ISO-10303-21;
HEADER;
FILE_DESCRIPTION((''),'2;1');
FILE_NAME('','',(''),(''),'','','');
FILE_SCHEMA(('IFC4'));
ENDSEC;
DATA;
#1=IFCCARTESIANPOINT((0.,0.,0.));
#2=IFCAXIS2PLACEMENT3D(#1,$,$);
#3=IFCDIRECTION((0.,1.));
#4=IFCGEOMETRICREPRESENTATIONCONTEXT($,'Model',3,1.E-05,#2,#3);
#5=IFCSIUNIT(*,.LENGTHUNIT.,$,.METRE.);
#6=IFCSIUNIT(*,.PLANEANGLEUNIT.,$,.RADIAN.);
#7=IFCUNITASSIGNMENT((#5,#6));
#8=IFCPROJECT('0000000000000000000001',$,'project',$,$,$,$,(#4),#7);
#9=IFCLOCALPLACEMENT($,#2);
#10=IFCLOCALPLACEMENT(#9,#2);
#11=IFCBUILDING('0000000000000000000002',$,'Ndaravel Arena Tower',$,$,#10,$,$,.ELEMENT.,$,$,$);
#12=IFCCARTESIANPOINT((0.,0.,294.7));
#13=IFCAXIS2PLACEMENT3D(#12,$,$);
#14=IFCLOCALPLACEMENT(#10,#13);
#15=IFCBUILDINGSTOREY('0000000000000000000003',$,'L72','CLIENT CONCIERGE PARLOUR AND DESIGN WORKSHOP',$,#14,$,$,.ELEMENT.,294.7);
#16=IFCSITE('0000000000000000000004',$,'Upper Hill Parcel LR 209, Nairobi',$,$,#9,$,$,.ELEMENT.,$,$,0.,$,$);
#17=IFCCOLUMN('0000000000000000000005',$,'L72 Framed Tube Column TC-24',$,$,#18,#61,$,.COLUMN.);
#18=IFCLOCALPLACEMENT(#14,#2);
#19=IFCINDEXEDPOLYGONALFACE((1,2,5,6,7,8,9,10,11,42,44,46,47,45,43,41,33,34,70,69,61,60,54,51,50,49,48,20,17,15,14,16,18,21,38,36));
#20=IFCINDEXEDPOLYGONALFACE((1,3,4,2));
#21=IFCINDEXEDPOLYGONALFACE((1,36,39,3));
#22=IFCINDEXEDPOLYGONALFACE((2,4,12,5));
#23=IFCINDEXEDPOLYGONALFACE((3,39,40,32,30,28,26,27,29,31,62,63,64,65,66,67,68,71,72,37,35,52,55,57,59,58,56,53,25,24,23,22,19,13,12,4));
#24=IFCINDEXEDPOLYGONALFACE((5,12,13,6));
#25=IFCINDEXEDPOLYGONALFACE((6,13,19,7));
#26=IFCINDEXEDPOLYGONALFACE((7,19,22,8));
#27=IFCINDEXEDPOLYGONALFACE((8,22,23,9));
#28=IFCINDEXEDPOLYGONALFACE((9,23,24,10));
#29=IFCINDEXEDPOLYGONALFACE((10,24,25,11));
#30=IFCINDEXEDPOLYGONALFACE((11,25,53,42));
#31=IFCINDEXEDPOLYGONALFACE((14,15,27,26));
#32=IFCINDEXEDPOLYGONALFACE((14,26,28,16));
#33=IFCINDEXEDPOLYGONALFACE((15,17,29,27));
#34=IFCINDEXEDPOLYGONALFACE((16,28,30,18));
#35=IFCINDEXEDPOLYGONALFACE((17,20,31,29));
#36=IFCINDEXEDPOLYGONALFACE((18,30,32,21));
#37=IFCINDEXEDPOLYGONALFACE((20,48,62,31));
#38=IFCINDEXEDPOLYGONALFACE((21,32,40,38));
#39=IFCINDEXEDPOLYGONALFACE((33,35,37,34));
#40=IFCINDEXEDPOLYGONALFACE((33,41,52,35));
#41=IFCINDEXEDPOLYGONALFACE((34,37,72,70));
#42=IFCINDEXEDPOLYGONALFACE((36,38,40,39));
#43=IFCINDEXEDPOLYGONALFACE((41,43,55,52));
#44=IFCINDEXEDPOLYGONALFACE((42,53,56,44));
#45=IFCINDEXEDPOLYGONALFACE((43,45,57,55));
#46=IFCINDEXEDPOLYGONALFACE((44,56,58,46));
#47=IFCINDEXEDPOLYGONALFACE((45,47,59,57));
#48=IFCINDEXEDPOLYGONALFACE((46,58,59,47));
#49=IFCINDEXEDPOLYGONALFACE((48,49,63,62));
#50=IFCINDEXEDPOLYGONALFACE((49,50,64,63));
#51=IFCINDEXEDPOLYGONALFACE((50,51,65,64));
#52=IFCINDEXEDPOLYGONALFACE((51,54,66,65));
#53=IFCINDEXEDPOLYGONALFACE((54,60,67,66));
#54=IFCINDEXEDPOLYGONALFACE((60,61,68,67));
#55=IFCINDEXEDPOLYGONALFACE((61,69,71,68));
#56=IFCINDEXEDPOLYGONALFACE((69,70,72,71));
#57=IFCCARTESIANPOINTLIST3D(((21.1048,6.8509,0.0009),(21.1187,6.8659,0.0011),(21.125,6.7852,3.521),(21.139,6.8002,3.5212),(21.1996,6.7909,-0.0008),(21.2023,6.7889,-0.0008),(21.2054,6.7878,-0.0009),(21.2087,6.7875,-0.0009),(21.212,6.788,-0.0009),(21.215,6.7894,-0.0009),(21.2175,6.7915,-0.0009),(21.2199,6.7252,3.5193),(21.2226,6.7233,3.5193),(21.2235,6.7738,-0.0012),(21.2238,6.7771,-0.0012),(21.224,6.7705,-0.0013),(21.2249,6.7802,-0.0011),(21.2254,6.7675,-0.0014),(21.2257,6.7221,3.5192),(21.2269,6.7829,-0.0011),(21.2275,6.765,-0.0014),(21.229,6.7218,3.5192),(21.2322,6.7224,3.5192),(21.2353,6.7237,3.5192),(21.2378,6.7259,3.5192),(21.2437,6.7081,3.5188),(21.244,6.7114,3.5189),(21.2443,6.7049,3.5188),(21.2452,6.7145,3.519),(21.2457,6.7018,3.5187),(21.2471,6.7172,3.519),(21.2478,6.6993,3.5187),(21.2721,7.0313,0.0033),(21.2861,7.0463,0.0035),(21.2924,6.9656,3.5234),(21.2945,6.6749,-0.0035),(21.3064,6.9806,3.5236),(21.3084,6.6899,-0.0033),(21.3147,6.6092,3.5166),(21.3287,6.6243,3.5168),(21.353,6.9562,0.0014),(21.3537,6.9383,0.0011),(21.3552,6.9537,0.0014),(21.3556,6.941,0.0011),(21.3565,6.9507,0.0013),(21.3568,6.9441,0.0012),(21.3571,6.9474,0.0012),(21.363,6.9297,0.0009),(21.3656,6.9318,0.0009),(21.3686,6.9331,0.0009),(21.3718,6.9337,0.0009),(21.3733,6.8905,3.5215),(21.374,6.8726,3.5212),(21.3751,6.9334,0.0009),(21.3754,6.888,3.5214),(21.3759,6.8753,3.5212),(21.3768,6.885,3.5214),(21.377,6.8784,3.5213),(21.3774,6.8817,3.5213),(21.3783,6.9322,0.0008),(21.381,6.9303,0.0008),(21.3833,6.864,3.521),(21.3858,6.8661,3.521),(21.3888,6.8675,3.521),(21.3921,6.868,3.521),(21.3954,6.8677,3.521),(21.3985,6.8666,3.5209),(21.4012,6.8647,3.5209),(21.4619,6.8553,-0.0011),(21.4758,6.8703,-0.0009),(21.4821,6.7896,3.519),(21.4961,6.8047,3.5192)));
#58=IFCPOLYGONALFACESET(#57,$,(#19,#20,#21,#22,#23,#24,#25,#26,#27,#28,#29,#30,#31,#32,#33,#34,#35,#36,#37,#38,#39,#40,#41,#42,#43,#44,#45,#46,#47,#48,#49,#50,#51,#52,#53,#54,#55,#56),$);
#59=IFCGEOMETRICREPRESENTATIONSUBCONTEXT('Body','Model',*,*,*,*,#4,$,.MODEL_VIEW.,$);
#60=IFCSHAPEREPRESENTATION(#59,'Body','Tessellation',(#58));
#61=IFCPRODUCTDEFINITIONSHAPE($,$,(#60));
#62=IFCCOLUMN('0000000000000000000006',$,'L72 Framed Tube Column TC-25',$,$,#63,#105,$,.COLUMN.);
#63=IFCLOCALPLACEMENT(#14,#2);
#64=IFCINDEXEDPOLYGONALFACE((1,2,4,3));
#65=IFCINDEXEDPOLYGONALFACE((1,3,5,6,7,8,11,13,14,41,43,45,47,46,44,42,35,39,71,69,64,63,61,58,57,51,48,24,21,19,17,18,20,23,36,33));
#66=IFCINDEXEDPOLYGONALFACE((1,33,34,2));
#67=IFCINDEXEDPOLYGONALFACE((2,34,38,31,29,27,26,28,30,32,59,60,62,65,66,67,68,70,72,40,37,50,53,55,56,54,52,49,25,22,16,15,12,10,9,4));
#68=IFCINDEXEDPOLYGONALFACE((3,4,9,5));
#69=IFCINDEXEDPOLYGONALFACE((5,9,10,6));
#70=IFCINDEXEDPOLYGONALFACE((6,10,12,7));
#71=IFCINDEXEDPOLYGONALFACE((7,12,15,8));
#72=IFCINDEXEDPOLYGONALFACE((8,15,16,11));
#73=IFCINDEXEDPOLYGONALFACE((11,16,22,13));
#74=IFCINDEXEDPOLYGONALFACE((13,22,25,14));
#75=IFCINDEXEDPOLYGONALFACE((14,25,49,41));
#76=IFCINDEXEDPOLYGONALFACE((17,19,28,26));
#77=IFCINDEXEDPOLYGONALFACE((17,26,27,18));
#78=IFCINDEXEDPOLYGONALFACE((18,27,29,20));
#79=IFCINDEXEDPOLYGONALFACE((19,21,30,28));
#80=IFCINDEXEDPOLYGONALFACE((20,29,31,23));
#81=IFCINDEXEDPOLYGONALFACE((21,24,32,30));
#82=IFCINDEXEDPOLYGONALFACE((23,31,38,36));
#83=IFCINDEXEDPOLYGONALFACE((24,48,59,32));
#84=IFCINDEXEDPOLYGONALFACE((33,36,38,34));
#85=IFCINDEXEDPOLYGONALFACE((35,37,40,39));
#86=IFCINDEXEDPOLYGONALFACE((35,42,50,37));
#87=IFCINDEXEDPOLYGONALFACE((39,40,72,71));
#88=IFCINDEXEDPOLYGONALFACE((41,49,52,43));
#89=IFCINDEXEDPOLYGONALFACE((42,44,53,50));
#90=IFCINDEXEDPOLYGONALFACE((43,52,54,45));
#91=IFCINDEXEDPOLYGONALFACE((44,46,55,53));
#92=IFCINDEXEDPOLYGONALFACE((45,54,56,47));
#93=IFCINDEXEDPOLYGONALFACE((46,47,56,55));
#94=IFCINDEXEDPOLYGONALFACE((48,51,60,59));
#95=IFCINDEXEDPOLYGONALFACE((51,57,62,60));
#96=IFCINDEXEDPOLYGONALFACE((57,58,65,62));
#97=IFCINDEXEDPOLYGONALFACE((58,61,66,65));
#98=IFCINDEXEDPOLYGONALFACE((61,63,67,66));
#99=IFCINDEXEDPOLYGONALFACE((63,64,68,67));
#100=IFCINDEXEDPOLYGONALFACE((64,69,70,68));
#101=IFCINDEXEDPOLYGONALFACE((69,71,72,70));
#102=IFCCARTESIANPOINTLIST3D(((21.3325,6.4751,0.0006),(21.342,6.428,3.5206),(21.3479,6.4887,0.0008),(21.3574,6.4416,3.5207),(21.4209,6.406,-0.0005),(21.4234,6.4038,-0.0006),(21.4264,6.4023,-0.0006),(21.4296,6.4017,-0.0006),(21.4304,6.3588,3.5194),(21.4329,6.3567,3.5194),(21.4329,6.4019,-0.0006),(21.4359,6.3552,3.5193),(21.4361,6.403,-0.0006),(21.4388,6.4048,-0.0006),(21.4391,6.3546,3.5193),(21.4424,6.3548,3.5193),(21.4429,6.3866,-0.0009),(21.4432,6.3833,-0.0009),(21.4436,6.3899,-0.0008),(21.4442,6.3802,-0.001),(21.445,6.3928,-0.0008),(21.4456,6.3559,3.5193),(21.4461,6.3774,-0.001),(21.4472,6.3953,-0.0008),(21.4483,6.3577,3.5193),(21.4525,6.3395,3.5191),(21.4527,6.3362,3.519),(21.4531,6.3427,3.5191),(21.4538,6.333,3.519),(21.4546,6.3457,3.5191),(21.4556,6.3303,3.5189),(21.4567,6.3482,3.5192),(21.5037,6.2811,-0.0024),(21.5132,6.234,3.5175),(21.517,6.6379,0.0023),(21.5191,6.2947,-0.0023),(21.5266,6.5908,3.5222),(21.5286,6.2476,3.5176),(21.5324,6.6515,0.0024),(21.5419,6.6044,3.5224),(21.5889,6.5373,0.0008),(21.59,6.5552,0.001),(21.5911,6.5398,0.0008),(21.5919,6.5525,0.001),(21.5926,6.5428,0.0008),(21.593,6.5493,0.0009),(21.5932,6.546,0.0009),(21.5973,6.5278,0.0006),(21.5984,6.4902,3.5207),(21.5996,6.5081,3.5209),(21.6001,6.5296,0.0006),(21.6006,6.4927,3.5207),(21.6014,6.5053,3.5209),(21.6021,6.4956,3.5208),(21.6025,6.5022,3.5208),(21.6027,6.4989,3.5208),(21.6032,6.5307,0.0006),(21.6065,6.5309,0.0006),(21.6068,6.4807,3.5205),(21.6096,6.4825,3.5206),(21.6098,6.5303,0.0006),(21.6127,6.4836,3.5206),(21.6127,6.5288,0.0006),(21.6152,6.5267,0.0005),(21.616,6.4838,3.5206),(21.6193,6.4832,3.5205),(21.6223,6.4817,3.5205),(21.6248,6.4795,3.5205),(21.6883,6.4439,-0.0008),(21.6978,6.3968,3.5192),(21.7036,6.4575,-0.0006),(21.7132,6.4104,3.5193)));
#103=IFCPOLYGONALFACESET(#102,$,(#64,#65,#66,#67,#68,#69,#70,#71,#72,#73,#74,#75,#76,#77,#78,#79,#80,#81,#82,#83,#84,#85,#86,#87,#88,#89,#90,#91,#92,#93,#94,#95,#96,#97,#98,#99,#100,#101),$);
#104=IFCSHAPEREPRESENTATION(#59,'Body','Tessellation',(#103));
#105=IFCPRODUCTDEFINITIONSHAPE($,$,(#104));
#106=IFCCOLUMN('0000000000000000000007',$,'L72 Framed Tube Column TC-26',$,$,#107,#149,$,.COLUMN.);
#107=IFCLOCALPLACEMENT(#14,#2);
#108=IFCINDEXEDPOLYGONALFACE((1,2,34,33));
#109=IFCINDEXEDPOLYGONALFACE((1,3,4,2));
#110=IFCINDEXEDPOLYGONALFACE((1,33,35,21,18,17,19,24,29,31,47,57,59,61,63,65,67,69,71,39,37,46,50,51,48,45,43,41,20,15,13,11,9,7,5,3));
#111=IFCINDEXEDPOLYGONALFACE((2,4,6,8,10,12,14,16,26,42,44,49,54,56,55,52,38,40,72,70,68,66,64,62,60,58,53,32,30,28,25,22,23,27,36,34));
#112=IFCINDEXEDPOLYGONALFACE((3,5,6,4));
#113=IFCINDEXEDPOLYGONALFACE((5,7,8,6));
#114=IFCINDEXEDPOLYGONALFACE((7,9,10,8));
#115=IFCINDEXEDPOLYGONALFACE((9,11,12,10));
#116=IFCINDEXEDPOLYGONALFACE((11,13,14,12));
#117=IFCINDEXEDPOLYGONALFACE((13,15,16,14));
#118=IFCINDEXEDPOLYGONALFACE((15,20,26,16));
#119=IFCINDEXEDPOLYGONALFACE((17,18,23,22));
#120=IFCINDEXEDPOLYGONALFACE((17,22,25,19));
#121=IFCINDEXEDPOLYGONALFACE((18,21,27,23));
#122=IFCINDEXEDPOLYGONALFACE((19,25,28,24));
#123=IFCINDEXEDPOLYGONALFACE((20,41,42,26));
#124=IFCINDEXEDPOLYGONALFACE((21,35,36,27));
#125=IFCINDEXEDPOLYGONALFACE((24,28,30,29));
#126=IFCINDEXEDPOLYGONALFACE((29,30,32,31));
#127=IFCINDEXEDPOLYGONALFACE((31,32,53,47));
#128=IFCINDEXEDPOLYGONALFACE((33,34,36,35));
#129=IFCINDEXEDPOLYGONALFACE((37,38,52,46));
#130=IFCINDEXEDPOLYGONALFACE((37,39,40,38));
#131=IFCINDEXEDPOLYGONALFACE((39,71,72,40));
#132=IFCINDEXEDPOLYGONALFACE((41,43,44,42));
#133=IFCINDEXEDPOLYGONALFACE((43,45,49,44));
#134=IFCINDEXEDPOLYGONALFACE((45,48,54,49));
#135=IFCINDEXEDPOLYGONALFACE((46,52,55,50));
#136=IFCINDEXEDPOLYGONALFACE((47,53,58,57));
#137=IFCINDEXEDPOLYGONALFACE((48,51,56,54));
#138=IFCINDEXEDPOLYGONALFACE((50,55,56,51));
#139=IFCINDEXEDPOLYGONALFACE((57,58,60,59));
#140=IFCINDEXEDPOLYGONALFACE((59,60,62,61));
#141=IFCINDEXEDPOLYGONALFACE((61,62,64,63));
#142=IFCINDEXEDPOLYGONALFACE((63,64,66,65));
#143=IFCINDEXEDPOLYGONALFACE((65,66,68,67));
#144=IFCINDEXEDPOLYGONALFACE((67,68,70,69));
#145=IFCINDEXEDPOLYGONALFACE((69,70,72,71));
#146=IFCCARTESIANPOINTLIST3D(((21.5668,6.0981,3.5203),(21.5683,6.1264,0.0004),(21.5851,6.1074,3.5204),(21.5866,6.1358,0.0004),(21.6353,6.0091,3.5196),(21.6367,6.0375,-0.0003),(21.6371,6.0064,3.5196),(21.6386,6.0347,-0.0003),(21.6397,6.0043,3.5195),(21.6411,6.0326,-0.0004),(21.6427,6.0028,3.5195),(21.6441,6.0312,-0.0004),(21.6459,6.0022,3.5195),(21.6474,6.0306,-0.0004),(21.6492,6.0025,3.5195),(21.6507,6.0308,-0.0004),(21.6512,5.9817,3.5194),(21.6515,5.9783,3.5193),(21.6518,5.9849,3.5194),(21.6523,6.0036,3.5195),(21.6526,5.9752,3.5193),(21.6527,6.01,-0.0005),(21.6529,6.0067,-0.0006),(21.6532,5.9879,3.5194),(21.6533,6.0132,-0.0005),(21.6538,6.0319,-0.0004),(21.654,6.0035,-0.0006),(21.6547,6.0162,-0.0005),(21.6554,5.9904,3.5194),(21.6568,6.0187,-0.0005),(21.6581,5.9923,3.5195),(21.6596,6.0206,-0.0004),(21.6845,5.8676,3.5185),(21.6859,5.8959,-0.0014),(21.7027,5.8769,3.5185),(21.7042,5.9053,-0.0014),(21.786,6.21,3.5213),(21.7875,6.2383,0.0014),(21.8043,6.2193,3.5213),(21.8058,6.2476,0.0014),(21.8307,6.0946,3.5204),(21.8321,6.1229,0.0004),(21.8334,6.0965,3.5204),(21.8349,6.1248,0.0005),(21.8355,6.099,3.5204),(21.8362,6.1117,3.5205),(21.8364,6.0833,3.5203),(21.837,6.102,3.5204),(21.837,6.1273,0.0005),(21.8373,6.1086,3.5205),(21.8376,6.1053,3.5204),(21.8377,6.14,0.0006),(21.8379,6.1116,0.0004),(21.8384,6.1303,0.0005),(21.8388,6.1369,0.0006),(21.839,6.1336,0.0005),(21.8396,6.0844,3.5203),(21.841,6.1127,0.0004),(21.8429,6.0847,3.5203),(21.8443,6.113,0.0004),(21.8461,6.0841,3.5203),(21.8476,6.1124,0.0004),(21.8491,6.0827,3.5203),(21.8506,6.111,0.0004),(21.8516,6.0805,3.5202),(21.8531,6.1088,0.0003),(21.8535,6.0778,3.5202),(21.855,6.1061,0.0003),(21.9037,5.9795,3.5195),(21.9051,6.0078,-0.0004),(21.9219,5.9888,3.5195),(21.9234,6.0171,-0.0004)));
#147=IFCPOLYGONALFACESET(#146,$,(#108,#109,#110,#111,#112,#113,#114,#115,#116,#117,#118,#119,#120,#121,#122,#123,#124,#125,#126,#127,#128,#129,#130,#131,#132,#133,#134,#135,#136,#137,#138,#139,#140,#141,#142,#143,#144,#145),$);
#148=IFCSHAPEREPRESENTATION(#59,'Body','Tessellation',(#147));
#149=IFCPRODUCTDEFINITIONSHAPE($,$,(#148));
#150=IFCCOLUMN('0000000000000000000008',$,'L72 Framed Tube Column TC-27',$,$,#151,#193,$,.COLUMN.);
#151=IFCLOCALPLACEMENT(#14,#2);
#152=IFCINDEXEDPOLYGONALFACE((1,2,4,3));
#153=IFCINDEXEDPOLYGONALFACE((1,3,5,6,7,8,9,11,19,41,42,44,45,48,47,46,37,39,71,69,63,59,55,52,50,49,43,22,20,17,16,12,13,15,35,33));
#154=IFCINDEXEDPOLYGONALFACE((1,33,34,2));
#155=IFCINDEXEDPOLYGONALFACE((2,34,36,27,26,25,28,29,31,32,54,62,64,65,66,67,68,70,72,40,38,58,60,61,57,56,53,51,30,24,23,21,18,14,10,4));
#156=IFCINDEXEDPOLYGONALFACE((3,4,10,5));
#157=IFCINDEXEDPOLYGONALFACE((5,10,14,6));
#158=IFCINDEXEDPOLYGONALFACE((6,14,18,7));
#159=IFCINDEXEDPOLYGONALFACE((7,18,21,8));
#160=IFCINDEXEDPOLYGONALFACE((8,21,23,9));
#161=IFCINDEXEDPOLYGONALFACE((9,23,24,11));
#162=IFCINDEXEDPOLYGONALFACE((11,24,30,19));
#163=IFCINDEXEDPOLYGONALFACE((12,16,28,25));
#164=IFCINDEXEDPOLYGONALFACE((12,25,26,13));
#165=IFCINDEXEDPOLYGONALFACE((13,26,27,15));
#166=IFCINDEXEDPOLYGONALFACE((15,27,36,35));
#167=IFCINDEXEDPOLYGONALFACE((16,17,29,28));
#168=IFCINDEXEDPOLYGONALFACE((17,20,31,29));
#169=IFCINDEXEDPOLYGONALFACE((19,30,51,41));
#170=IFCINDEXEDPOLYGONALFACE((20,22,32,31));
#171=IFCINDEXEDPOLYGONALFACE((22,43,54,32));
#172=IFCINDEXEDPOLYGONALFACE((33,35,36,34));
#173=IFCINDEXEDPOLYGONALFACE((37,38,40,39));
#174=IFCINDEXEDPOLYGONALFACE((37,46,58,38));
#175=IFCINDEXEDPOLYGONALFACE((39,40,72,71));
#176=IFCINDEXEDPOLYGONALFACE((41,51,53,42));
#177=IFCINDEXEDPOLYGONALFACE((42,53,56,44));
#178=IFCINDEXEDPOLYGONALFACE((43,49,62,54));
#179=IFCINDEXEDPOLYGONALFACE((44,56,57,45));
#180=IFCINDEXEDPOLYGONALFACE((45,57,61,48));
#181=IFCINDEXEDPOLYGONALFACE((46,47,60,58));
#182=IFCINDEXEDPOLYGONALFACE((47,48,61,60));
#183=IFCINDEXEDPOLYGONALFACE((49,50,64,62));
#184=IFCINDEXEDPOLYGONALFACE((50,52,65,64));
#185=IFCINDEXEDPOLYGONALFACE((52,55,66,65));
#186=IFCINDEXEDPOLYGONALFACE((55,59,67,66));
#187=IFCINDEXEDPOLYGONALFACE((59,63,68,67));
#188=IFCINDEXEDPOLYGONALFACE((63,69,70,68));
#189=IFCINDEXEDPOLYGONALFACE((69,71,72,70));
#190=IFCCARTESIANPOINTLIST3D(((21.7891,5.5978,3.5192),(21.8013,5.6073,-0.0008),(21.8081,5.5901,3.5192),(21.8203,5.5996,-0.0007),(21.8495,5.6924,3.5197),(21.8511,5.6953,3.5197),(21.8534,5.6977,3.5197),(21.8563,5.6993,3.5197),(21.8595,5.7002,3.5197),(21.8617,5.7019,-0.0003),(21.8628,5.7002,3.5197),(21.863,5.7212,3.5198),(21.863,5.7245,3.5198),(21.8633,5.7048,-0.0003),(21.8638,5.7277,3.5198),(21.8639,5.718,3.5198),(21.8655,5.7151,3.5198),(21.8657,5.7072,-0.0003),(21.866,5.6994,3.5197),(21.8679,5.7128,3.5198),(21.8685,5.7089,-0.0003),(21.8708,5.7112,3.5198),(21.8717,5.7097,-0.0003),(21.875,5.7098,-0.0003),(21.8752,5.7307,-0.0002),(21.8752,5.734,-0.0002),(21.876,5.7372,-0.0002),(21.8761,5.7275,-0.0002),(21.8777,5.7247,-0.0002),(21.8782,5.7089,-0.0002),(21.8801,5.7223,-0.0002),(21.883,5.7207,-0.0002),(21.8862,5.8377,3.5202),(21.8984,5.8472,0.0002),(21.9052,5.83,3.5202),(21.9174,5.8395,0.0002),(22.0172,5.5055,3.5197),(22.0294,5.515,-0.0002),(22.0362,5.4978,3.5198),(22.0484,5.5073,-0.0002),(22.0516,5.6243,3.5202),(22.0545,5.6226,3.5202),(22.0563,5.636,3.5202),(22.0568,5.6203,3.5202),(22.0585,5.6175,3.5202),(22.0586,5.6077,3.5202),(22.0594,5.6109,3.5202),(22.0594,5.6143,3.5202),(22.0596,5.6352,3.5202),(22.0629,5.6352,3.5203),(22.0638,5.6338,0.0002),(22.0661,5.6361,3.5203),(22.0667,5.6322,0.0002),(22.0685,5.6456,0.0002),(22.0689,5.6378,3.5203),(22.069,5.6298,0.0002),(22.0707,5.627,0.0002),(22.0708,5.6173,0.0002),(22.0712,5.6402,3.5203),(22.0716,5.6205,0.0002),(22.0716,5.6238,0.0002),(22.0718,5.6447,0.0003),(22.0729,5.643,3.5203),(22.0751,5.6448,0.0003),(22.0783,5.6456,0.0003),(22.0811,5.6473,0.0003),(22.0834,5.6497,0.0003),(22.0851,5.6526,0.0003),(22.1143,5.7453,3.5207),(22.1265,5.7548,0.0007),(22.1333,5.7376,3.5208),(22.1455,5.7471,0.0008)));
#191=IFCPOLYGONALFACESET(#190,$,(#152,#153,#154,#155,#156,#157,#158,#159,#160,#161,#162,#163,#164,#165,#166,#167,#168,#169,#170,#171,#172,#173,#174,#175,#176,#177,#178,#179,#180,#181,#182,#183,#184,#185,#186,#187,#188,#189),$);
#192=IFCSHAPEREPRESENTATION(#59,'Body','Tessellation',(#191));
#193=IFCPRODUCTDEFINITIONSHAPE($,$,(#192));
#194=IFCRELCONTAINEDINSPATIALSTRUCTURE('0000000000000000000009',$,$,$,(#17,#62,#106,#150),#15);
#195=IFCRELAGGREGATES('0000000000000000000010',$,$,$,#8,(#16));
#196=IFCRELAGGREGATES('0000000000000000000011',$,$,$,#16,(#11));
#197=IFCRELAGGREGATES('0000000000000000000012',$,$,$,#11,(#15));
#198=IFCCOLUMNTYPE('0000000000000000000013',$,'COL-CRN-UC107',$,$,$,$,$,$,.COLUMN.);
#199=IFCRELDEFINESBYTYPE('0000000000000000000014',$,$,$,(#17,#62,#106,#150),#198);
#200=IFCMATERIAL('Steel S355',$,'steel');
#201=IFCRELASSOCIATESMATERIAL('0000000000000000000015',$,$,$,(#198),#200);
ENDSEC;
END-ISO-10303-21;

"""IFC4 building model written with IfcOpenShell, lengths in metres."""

from ifc_helpers import new_model, si_unit, direction, frame, origin, origin_2d, place, context, subcontext, project, spatial, i_section, extrude, material, material_profile, profile_set, type_object, element, save


model = new_model("IFC4")

# Units and contexts
model_context = context("Model", 3, precision=1e-05, world=origin(), true_north=direction((0.0, 1.0)))
body_context = subcontext(model_context, "Body", "Model", "MODEL_VIEW")
ifc_project = project(units=[si_unit("LENGTHUNIT", "METRE"), si_unit("PLANEANGLEUNIT", "RADIAN")], contexts=[model_context])

# Site, building, storey
site_placement = place(None, origin())
site = spatial("IfcSite", under=ifc_project, at=site_placement, Name="Upper Hill Parcel LR 209, Nairobi", CompositionType="ELEMENT", RefElevation=0.0)
building_placement = place(site_placement, origin())
building = spatial("IfcBuilding", under=site, at=building_placement, Name="Ndaravel Arena Tower", CompositionType="ELEMENT")
storey_placement = place(building_placement, frame((0.0, 0.0, 294.7)))
storey = spatial("IfcBuildingStorey", under=building, at=storey_placement, Name="L72", Description="CLIENT CONCIERGE PARLOUR AND DESIGN WORKSHOP", CompositionType="ELEMENT", Elevation=294.7)

# Columns
ifc_material_1 = material(Name="Steel S355", Category="steel")
ifc_material_profile_1 = material_profile(ifc_material_1, i_section(OverallWidth=0.2588, OverallDepth=0.2666, WebThickness=0.0127, FlangeThickness=0.0205, FilletRadius=0.0127, at=origin_2d()), Name="UC 254x254x107")
ifc_profile_set_1 = profile_set([ifc_material_profile_1], Name="Steel S355")
column_type = type_object("IfcColumnType", Name="COL-CRN-UC107", PredefinedType="COLUMN", material=ifc_profile_set_1)
column_1_placement = place(storey_placement, frame((21.2903, 6.8606, 0.0), z_axis=(0.005756, -0.018654, 0.999809), x_axis=(-0.73306, 0.679954, 0.016906)))
element("IfcColumn", 1, at=column_1_placement, inside=storey, type_object=column_type, Name="L72 Framed Tube Column TC-24", PredefinedType="COLUMN", context=body_context, shape_type="SweptSolid", body=[
    extrude(i_section(OverallWidth=0.2588, OverallDepth=0.2666, WebThickness=0.0127, FlangeThickness=0.0205, FilletRadius=0.0127, at=origin_2d()), origin(), (0.0, 0.0, 1.0), 3.5208),
])
column_2_placement = place(storey_placement, frame((21.5181, 6.4663, 0.0), z_axis=(0.002705, -0.013385, 0.999907), x_axis=(-0.661611, 0.749754, 0.011826)))
element("IfcColumn", 2, at=column_2_placement, inside=storey, type_object=column_type, Name="L72 Framed Tube Column TC-25", PredefinedType="COLUMN", context=body_context, shape_type="SweptSolid", body=[
    extrude(i_section(OverallWidth=0.2588, OverallDepth=0.2666, WebThickness=0.0127, FlangeThickness=0.0205, FilletRadius=0.0127, at=origin_2d()), origin(), (0.0, 0.0, 1.0), 3.5203),
])
for number, where, z_axis, x_axis, name in (
    (3, (21.7458, 6.0718, 0.0), (-0.000416, -0.008045, 0.999968), (-0.454599, 0.890669, 0.006977), "L72 Framed Tube Column TC-26"),
    (4, (21.9734, 5.6772, 0.0), (-0.003468, -0.002705, 0.99999), (0.375341, 0.926879, 0.003809), "L72 Framed Tube Column TC-27"),
):
    element("IfcColumn", number, at=place(storey_placement, frame(where, z_axis=z_axis, x_axis=x_axis)), inside=storey, type_object=column_type, Name=name, PredefinedType="COLUMN", context=body_context, shape_type="SweptSolid", body=[
        extrude(i_section(OverallWidth=0.2588, OverallDepth=0.2666, WebThickness=0.0127, FlangeThickness=0.0205, FilletRadius=0.0127, at=origin_2d()), origin(), (0.0, 0.0, 1.0), 3.52),
    ])

save(model, "model.ifc")
